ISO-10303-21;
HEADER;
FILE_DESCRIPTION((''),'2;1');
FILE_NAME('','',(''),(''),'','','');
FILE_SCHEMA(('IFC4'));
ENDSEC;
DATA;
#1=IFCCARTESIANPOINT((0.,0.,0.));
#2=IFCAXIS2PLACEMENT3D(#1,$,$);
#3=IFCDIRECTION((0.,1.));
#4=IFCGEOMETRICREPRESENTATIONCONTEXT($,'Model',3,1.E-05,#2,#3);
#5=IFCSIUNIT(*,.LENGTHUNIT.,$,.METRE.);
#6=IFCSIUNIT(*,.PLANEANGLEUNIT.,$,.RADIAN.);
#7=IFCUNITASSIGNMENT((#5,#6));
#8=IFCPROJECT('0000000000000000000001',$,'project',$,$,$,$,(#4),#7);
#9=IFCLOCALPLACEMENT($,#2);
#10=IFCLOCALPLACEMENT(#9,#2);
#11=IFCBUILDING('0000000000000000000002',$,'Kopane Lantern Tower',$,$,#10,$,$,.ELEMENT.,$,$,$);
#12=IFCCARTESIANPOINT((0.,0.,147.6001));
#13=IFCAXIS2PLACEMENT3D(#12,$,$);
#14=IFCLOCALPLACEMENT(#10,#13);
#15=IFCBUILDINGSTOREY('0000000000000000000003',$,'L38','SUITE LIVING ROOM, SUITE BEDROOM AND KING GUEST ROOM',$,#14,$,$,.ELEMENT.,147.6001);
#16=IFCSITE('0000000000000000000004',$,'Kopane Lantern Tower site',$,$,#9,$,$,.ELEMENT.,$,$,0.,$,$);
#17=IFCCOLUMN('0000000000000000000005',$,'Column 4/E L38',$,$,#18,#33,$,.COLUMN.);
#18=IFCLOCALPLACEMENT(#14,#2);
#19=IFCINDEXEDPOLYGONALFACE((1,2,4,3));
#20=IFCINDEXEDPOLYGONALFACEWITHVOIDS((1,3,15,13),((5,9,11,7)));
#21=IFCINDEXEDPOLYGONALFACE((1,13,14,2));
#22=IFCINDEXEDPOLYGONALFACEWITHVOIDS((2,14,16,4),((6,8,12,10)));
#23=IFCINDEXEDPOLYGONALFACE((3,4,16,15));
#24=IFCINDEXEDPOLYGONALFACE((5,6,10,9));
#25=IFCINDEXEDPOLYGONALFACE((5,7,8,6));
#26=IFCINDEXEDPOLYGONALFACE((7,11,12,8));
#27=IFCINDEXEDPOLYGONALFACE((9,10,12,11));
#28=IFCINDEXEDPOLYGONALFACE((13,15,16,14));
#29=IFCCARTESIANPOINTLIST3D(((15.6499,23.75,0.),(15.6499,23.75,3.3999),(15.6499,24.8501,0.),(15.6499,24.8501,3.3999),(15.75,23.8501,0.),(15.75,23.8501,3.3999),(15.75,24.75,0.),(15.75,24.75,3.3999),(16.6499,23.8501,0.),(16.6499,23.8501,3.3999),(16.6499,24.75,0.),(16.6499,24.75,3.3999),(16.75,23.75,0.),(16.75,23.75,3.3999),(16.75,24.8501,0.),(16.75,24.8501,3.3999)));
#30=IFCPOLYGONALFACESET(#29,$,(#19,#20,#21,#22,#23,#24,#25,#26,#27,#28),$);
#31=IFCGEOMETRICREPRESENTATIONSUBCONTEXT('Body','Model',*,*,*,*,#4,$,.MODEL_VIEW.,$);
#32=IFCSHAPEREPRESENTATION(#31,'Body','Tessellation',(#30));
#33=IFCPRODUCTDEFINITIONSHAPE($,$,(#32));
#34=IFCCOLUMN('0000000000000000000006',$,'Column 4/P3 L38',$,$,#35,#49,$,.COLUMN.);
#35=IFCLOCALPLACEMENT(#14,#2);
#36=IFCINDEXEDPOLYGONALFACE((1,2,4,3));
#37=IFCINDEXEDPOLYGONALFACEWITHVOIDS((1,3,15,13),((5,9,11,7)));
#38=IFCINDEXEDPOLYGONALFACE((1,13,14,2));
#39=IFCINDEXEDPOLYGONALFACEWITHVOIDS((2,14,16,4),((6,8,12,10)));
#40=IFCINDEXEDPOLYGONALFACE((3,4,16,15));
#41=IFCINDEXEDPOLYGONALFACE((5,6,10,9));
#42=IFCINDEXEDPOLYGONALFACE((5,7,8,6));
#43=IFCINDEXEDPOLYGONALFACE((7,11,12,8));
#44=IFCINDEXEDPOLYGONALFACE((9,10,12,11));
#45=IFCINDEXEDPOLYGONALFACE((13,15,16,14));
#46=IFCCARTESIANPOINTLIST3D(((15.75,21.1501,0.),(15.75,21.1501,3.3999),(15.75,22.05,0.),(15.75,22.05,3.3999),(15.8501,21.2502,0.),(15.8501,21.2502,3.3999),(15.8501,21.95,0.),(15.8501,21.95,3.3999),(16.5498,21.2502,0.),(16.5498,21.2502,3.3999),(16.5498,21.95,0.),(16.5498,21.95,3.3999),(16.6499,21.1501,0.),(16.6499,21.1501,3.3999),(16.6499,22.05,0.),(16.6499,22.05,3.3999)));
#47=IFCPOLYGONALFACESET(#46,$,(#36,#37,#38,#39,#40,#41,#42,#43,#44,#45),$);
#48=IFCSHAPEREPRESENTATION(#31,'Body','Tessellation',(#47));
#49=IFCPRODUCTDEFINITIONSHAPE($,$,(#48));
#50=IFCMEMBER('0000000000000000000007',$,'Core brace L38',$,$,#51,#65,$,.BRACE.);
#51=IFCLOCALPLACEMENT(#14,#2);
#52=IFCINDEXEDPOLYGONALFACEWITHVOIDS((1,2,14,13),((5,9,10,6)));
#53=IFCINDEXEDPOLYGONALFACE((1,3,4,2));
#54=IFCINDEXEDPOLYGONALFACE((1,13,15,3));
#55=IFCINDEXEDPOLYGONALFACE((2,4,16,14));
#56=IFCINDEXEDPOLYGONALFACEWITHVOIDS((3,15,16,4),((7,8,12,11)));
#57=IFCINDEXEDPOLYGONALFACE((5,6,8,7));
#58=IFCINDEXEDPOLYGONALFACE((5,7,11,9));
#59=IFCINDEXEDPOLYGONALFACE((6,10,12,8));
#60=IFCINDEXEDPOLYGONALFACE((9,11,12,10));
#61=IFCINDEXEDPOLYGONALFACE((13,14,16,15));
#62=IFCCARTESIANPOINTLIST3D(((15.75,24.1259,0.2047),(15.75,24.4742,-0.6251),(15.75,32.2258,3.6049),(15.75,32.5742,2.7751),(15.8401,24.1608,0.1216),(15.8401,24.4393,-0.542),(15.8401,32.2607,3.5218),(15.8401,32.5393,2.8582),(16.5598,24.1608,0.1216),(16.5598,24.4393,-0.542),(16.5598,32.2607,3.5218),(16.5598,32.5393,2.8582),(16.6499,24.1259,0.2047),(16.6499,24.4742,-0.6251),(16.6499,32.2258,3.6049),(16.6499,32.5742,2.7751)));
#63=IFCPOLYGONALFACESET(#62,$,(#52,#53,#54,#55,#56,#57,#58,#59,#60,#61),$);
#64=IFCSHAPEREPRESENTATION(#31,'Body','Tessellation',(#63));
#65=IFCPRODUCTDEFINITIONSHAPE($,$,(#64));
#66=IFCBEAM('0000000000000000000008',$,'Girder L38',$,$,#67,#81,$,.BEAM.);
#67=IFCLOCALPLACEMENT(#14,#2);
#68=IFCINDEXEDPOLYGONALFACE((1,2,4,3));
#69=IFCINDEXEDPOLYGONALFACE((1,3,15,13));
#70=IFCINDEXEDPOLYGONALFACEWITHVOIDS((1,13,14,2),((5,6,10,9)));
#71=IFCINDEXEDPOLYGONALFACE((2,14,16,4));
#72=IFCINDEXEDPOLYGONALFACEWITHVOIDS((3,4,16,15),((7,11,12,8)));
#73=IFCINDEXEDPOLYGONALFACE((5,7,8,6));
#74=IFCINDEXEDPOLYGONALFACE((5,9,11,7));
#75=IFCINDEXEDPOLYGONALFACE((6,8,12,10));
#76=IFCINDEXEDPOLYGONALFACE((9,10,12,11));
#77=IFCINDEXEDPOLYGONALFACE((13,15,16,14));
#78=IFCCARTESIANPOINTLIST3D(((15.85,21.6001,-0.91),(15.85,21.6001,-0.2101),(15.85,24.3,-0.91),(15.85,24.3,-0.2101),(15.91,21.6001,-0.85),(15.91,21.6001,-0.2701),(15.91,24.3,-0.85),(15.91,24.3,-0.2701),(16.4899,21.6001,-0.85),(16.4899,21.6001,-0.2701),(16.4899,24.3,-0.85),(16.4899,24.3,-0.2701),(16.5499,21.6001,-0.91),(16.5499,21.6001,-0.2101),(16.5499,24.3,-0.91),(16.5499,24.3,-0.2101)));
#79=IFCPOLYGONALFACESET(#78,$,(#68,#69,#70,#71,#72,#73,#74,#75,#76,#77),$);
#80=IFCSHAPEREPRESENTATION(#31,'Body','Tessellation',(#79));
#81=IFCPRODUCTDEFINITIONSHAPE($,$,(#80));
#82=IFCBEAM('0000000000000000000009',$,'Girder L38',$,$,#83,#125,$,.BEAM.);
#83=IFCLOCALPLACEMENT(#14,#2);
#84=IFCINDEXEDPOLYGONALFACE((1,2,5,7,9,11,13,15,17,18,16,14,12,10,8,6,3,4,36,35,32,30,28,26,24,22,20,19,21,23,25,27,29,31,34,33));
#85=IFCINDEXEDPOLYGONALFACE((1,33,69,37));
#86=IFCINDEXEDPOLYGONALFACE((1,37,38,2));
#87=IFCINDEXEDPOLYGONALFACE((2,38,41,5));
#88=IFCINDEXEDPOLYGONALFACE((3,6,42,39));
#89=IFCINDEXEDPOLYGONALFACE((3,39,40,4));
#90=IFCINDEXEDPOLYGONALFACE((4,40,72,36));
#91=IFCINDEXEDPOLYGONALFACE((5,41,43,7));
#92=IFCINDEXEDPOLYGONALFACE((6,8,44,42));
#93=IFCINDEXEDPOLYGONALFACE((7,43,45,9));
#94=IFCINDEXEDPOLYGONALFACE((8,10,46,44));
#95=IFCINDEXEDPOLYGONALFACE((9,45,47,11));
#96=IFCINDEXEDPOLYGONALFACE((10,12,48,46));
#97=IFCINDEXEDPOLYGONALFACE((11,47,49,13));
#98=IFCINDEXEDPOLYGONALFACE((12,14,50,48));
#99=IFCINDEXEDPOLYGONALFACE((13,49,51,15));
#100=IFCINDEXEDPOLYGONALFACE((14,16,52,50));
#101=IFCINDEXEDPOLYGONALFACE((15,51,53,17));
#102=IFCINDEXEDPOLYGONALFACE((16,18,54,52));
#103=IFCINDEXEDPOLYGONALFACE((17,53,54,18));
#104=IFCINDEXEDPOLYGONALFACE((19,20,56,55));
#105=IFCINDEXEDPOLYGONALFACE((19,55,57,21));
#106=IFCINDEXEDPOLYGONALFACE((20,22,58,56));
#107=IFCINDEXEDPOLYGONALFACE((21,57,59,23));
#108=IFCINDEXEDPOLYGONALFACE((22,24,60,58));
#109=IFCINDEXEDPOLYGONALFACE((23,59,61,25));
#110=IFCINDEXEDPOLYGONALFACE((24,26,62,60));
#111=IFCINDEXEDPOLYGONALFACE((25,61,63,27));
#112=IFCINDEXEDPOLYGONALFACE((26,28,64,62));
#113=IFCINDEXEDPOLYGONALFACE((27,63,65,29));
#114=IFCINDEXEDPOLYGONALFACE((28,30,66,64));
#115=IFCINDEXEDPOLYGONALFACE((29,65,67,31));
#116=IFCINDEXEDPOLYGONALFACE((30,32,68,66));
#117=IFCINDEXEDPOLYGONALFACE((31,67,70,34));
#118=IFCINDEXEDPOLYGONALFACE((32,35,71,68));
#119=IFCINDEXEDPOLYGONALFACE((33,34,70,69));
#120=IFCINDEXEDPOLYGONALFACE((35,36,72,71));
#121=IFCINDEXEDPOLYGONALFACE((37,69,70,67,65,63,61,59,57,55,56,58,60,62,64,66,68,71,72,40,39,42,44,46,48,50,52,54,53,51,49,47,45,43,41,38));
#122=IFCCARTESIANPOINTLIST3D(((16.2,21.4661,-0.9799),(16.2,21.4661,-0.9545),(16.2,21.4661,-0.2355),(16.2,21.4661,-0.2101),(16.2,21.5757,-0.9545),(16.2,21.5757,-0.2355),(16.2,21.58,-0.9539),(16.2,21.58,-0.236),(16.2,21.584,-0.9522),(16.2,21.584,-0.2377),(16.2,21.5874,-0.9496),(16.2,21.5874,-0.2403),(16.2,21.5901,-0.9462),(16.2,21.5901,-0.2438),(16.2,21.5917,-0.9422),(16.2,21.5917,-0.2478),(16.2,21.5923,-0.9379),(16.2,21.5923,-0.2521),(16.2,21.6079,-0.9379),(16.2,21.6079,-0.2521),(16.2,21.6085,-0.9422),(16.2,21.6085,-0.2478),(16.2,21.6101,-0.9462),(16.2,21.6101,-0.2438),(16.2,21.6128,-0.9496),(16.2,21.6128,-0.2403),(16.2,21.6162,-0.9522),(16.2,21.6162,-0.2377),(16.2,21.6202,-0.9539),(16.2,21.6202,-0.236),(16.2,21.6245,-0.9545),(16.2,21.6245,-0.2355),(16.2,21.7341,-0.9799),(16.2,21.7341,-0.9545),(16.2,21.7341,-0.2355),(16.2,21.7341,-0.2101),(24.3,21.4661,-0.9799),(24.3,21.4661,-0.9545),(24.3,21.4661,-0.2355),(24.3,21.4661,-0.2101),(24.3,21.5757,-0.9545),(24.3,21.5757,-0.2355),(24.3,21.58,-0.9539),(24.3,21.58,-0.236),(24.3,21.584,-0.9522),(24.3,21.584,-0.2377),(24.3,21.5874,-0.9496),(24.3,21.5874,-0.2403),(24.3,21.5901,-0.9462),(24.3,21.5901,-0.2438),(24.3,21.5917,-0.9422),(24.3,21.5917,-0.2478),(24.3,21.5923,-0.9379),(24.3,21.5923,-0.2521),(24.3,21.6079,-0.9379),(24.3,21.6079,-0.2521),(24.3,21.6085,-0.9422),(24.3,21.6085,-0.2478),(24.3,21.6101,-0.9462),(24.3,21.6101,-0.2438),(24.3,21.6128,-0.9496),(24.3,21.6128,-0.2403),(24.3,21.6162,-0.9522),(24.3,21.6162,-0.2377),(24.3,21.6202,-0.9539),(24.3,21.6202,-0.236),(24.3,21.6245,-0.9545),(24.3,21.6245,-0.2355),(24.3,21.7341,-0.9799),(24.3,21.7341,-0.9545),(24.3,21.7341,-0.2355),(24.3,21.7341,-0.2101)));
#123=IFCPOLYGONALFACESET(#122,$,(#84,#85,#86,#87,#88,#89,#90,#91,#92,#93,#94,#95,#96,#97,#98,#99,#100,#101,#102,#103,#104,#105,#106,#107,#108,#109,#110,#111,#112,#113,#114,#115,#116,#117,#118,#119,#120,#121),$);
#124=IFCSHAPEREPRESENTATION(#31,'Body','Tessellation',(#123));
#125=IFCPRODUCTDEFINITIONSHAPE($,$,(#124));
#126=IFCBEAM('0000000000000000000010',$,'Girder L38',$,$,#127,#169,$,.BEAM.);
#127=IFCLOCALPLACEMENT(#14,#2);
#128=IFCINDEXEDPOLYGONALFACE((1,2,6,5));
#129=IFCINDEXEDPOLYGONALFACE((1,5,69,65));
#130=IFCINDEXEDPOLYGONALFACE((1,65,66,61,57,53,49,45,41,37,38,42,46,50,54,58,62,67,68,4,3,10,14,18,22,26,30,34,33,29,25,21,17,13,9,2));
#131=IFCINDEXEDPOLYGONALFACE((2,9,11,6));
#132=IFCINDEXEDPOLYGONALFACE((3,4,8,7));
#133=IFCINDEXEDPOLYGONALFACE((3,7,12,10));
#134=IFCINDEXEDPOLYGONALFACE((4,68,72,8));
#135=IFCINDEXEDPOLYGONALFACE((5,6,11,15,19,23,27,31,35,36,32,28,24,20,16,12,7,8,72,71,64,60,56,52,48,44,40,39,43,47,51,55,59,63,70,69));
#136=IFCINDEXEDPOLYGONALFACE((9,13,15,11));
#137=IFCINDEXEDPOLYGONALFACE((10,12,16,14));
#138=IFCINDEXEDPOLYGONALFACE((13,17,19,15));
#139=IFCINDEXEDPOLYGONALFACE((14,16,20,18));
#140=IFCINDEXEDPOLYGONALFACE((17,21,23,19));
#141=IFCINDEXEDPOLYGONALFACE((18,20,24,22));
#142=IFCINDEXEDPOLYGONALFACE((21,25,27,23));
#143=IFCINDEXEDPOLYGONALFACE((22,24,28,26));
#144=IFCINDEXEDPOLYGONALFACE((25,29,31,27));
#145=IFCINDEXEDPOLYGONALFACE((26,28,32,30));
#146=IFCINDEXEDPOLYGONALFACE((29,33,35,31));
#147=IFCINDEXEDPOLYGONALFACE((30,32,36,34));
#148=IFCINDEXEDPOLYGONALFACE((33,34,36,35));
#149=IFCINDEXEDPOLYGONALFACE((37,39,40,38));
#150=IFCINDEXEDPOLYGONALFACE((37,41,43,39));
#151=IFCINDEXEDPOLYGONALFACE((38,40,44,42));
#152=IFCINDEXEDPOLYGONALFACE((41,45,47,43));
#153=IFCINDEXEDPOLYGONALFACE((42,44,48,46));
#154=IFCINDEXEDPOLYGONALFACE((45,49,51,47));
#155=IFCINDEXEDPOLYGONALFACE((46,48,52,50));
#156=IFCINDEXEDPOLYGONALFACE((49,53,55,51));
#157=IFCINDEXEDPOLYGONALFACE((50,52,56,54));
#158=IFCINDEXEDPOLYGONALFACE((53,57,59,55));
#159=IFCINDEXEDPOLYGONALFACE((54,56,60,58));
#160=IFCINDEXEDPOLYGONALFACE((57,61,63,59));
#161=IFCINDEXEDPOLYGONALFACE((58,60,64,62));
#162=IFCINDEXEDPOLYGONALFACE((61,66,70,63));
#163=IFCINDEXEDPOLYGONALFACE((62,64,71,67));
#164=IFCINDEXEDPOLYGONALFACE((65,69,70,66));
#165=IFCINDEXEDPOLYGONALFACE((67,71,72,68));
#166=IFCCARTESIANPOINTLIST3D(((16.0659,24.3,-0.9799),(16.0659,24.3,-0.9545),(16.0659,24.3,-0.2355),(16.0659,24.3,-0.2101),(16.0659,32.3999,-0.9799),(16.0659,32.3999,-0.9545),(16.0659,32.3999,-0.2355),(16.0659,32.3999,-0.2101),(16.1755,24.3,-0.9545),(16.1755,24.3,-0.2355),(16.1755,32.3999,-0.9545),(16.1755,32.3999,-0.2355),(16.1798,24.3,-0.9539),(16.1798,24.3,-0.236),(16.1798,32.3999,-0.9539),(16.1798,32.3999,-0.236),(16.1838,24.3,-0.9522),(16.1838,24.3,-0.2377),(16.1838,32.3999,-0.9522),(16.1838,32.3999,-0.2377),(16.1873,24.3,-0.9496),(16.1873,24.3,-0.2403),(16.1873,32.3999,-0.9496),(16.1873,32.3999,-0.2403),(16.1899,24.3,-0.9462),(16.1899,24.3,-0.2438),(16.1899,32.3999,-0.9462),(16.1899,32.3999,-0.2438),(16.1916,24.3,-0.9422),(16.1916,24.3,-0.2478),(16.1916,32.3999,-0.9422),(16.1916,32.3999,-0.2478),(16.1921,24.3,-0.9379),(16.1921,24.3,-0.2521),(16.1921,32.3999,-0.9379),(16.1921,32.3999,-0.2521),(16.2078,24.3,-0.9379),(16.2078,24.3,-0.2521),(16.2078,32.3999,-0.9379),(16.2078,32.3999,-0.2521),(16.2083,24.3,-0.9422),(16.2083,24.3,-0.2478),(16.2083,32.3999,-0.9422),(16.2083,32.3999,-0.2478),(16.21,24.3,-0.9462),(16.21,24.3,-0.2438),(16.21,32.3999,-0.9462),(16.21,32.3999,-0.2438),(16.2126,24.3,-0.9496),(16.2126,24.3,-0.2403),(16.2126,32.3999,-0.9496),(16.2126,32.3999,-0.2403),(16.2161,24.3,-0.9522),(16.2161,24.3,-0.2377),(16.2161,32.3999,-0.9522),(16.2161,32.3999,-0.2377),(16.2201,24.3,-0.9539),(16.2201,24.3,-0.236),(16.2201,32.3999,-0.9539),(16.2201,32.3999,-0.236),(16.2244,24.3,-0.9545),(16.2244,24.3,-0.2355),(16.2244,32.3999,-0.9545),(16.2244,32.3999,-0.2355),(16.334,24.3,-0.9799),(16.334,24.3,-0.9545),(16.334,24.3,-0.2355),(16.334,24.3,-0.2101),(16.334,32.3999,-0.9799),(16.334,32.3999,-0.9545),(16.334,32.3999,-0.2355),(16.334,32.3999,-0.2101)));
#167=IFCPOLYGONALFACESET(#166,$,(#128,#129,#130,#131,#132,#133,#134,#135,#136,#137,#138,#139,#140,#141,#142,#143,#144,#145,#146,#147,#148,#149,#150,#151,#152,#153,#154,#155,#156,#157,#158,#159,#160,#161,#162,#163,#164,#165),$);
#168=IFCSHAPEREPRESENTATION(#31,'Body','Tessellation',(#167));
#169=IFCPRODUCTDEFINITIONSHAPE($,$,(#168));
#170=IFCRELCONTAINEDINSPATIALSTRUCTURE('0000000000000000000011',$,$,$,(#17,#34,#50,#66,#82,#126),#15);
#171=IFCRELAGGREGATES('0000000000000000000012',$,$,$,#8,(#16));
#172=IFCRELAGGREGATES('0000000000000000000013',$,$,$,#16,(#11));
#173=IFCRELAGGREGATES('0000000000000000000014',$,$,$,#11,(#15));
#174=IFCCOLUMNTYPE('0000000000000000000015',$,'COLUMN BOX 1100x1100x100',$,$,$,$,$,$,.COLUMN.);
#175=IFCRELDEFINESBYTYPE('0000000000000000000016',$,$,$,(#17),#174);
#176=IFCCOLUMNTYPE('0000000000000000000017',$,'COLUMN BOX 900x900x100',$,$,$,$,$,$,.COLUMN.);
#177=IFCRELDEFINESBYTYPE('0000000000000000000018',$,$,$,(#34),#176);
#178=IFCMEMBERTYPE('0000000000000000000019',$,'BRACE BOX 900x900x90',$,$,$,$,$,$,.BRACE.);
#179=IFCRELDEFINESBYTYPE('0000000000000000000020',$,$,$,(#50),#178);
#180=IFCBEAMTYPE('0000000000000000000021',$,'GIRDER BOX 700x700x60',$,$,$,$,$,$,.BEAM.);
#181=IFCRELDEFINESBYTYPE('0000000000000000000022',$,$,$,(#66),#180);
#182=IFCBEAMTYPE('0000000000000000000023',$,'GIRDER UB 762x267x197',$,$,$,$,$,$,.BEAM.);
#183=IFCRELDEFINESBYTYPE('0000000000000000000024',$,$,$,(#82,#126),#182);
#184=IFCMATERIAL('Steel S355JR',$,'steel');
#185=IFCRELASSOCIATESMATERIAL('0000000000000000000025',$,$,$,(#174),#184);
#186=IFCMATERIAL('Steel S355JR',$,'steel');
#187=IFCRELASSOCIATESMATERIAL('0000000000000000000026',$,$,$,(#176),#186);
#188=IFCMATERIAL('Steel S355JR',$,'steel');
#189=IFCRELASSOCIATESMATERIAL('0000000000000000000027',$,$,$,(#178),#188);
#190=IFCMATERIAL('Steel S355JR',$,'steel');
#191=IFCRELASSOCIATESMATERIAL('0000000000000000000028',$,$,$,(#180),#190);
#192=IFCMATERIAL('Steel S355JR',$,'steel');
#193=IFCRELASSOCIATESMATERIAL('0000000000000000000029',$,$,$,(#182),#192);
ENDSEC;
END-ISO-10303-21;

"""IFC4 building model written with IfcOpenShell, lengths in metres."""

from ifc_helpers import new_model, si_unit, direction, frame, origin, origin_2d, place, context, subcontext, project, spatial, hollow_rectangle, i_section, extrude, material, material_profile, profile_set, type_object, element, save


model = new_model("IFC4")

# Units and contexts
model_context = context("Model", 3, precision=1e-05, world=origin(), true_north=direction((0.0, 1.0)))
body_context = subcontext(model_context, "Body", "Model", "MODEL_VIEW")
ifc_project = project(units=[si_unit("LENGTHUNIT", "METRE"), si_unit("PLANEANGLEUNIT", "RADIAN")], contexts=[model_context])

# Site, building, storey
site_placement = place(None, origin())
site = spatial("IfcSite", under=ifc_project, at=site_placement, Name="Kopane Lantern Tower site", CompositionType="ELEMENT", RefElevation=0.0)
building_placement = place(site_placement, origin())
building = spatial("IfcBuilding", under=site, at=building_placement, Name="Kopane Lantern Tower", CompositionType="ELEMENT")
storey_placement = place(building_placement, frame((0.0, 0.0, 147.6001)))
storey = spatial("IfcBuildingStorey", under=building, at=storey_placement, Name="L38", Description="SUITE LIVING ROOM, SUITE BEDROOM AND KING GUEST ROOM", CompositionType="ELEMENT", Elevation=147.6001)

# Columns
ifc_material_1 = material(Name="Steel S355JR", Category="steel")
ifc_material_profile_1 = material_profile(ifc_material_1, hollow_rectangle(XDim=1.1001, YDim=1.1001, WallThickness=0.1001, at=origin_2d()), Name="BOX 1100x1100x100")
ifc_profile_set_1 = profile_set([ifc_material_profile_1], Name="Steel S355JR")
column_type_1 = type_object("IfcColumnType", Name="COLUMN BOX 1100x1100x100", PredefinedType="COLUMN", material=ifc_profile_set_1)
column_1_placement = place(storey_placement, frame((16.2, 24.3, 0.0), z_axis=(0.0, 0.0, 1.0), x_axis=(1.0, 0.0, 0.0)))
element("IfcColumn", 1, at=column_1_placement, inside=storey, type_object=column_type_1, Name="Column 4/E L38", PredefinedType="COLUMN", context=body_context, shape_type="SweptSolid", body=[
    extrude(hollow_rectangle(XDim=1.1001, YDim=1.1001, WallThickness=0.1001, at=origin_2d()), origin(), (0.0, 0.0, 1.0), 3.3999),
])
ifc_material_2 = material(Name="Steel S355JR", Category="steel")
ifc_material_profile_2 = material_profile(ifc_material_2, hollow_rectangle(XDim=0.8999, YDim=0.8999, WallThickness=0.1001, at=origin_2d()), Name="BOX 900x900x100")
ifc_profile_set_2 = profile_set([ifc_material_profile_2], Name="Steel S355JR")
column_type_2 = type_object("IfcColumnType", Name="COLUMN BOX 900x900x100", PredefinedType="COLUMN", material=ifc_profile_set_2)
column_2_placement = place(storey_placement, frame((16.2, 21.6001, 0.0), z_axis=(0.0, 0.0, 1.0), x_axis=(1.0, 0.0, 0.0)))
element("IfcColumn", 2, at=column_2_placement, inside=storey, type_object=column_type_2, Name="Column 4/P3 L38", PredefinedType="COLUMN", context=body_context, shape_type="SweptSolid", body=[
    extrude(hollow_rectangle(XDim=0.8999, YDim=0.8999, WallThickness=0.1001, at=origin_2d()), origin(), (0.0, 0.0, 1.0), 3.3999),
])

# Member
ifc_material_3 = material(Name="Steel S355JR", Category="steel")
ifc_material_profile_3 = material_profile(ifc_material_3, hollow_rectangle(XDim=0.8999, YDim=0.8999, WallThickness=0.0901, at=origin_2d()), Name="BOX 900x900x90")
ifc_profile_set_3 = profile_set([ifc_material_profile_3], Name="Steel S355JR")
member_type = type_object("IfcMemberType", Name="BRACE BOX 900x900x90", PredefinedType="BRACE", material=ifc_profile_set_3)
member_placement = place(storey_placement, frame((16.2, 24.3, -0.2102), z_axis=(0.0, 0.922055, 0.387059), x_axis=(-1.0, 0.0, 0.0)))
element("IfcMember", 3, at=member_placement, inside=storey, type_object=member_type, Name="Core brace L38", PredefinedType="BRACE", context=body_context, shape_type="SweptSolid", body=[
    extrude(hollow_rectangle(XDim=0.8999, YDim=0.8999, WallThickness=0.0901, at=origin_2d()), origin(), (0.0, 0.0, 1.0), 8.7847),
])

# Beams
ifc_material_4 = material(Name="Steel S355JR", Category="steel")
ifc_material_profile_4 = material_profile(ifc_material_4, hollow_rectangle(XDim=0.7, YDim=0.7, WallThickness=0.0601, at=origin_2d()), Name="BOX 700x700x60")
ifc_profile_set_4 = profile_set([ifc_material_profile_4], Name="Steel S355JR")
beam_type_1 = type_object("IfcBeamType", Name="GIRDER BOX 700x700x60", PredefinedType="BEAM", material=ifc_profile_set_4)
beam_1_placement = place(storey_placement, frame((16.2, 21.6001, -0.5601), z_axis=(0.0, 1.0, 0.0), x_axis=(-1.0, 0.0, 0.0)))
element("IfcBeam", 4, at=beam_1_placement, inside=storey, type_object=beam_type_1, Name="Girder L38", PredefinedType="BEAM", context=body_context, shape_type="SweptSolid", body=[
    extrude(hollow_rectangle(XDim=0.7, YDim=0.7, WallThickness=0.0601, at=origin_2d()), origin(), (0.0, 0.0, 1.0), 2.7),
])
ifc_material_5 = material(Name="Steel S355JR", Category="steel")
ifc_material_profile_5 = material_profile(ifc_material_5, i_section(OverallWidth=0.2681, OverallDepth=0.7698, WebThickness=0.0156, FlangeThickness=0.0254, FilletRadius=0.0166, at=origin_2d()), Name="UB 762x267x197")
ifc_profile_set_5 = profile_set([ifc_material_profile_5], Name="Steel S355JR")
beam_type_2 = type_object("IfcBeamType", Name="GIRDER UB 762x267x197", PredefinedType="BEAM", material=ifc_profile_set_5)
beam_2_placement = place(storey_placement, frame((16.2, 21.6001, -0.595), z_axis=(1.0, 0.0, 0.0), x_axis=(0.0, 1.0, 0.0)))
element("IfcBeam", 5, at=beam_2_placement, inside=storey, type_object=beam_type_2, Name="Girder L38", PredefinedType="BEAM", context=body_context, shape_type="SweptSolid", body=[
    extrude(i_section(OverallWidth=0.2681, OverallDepth=0.7698, WebThickness=0.0156, FlangeThickness=0.0254, FilletRadius=0.0166, at=origin_2d()), origin(), (0.0, 0.0, 1.0), 8.1001),
])
beam_3_placement = place(storey_placement, frame((16.2, 24.3, -0.595), z_axis=(0.0, 1.0, 0.0), x_axis=(-1.0, 0.0, 0.0)))
element("IfcBeam", 6, at=beam_3_placement, inside=storey, type_object=beam_type_2, Name="Girder L38", PredefinedType="BEAM", context=body_context, shape_type="SweptSolid", body=[
    extrude(i_section(OverallWidth=0.2681, OverallDepth=0.7698, WebThickness=0.0156, FlangeThickness=0.0254, FilletRadius=0.0166, at=origin_2d()), origin(), (0.0, 0.0, 1.0), 8.0999),
])

save(model, "model.ifc")
